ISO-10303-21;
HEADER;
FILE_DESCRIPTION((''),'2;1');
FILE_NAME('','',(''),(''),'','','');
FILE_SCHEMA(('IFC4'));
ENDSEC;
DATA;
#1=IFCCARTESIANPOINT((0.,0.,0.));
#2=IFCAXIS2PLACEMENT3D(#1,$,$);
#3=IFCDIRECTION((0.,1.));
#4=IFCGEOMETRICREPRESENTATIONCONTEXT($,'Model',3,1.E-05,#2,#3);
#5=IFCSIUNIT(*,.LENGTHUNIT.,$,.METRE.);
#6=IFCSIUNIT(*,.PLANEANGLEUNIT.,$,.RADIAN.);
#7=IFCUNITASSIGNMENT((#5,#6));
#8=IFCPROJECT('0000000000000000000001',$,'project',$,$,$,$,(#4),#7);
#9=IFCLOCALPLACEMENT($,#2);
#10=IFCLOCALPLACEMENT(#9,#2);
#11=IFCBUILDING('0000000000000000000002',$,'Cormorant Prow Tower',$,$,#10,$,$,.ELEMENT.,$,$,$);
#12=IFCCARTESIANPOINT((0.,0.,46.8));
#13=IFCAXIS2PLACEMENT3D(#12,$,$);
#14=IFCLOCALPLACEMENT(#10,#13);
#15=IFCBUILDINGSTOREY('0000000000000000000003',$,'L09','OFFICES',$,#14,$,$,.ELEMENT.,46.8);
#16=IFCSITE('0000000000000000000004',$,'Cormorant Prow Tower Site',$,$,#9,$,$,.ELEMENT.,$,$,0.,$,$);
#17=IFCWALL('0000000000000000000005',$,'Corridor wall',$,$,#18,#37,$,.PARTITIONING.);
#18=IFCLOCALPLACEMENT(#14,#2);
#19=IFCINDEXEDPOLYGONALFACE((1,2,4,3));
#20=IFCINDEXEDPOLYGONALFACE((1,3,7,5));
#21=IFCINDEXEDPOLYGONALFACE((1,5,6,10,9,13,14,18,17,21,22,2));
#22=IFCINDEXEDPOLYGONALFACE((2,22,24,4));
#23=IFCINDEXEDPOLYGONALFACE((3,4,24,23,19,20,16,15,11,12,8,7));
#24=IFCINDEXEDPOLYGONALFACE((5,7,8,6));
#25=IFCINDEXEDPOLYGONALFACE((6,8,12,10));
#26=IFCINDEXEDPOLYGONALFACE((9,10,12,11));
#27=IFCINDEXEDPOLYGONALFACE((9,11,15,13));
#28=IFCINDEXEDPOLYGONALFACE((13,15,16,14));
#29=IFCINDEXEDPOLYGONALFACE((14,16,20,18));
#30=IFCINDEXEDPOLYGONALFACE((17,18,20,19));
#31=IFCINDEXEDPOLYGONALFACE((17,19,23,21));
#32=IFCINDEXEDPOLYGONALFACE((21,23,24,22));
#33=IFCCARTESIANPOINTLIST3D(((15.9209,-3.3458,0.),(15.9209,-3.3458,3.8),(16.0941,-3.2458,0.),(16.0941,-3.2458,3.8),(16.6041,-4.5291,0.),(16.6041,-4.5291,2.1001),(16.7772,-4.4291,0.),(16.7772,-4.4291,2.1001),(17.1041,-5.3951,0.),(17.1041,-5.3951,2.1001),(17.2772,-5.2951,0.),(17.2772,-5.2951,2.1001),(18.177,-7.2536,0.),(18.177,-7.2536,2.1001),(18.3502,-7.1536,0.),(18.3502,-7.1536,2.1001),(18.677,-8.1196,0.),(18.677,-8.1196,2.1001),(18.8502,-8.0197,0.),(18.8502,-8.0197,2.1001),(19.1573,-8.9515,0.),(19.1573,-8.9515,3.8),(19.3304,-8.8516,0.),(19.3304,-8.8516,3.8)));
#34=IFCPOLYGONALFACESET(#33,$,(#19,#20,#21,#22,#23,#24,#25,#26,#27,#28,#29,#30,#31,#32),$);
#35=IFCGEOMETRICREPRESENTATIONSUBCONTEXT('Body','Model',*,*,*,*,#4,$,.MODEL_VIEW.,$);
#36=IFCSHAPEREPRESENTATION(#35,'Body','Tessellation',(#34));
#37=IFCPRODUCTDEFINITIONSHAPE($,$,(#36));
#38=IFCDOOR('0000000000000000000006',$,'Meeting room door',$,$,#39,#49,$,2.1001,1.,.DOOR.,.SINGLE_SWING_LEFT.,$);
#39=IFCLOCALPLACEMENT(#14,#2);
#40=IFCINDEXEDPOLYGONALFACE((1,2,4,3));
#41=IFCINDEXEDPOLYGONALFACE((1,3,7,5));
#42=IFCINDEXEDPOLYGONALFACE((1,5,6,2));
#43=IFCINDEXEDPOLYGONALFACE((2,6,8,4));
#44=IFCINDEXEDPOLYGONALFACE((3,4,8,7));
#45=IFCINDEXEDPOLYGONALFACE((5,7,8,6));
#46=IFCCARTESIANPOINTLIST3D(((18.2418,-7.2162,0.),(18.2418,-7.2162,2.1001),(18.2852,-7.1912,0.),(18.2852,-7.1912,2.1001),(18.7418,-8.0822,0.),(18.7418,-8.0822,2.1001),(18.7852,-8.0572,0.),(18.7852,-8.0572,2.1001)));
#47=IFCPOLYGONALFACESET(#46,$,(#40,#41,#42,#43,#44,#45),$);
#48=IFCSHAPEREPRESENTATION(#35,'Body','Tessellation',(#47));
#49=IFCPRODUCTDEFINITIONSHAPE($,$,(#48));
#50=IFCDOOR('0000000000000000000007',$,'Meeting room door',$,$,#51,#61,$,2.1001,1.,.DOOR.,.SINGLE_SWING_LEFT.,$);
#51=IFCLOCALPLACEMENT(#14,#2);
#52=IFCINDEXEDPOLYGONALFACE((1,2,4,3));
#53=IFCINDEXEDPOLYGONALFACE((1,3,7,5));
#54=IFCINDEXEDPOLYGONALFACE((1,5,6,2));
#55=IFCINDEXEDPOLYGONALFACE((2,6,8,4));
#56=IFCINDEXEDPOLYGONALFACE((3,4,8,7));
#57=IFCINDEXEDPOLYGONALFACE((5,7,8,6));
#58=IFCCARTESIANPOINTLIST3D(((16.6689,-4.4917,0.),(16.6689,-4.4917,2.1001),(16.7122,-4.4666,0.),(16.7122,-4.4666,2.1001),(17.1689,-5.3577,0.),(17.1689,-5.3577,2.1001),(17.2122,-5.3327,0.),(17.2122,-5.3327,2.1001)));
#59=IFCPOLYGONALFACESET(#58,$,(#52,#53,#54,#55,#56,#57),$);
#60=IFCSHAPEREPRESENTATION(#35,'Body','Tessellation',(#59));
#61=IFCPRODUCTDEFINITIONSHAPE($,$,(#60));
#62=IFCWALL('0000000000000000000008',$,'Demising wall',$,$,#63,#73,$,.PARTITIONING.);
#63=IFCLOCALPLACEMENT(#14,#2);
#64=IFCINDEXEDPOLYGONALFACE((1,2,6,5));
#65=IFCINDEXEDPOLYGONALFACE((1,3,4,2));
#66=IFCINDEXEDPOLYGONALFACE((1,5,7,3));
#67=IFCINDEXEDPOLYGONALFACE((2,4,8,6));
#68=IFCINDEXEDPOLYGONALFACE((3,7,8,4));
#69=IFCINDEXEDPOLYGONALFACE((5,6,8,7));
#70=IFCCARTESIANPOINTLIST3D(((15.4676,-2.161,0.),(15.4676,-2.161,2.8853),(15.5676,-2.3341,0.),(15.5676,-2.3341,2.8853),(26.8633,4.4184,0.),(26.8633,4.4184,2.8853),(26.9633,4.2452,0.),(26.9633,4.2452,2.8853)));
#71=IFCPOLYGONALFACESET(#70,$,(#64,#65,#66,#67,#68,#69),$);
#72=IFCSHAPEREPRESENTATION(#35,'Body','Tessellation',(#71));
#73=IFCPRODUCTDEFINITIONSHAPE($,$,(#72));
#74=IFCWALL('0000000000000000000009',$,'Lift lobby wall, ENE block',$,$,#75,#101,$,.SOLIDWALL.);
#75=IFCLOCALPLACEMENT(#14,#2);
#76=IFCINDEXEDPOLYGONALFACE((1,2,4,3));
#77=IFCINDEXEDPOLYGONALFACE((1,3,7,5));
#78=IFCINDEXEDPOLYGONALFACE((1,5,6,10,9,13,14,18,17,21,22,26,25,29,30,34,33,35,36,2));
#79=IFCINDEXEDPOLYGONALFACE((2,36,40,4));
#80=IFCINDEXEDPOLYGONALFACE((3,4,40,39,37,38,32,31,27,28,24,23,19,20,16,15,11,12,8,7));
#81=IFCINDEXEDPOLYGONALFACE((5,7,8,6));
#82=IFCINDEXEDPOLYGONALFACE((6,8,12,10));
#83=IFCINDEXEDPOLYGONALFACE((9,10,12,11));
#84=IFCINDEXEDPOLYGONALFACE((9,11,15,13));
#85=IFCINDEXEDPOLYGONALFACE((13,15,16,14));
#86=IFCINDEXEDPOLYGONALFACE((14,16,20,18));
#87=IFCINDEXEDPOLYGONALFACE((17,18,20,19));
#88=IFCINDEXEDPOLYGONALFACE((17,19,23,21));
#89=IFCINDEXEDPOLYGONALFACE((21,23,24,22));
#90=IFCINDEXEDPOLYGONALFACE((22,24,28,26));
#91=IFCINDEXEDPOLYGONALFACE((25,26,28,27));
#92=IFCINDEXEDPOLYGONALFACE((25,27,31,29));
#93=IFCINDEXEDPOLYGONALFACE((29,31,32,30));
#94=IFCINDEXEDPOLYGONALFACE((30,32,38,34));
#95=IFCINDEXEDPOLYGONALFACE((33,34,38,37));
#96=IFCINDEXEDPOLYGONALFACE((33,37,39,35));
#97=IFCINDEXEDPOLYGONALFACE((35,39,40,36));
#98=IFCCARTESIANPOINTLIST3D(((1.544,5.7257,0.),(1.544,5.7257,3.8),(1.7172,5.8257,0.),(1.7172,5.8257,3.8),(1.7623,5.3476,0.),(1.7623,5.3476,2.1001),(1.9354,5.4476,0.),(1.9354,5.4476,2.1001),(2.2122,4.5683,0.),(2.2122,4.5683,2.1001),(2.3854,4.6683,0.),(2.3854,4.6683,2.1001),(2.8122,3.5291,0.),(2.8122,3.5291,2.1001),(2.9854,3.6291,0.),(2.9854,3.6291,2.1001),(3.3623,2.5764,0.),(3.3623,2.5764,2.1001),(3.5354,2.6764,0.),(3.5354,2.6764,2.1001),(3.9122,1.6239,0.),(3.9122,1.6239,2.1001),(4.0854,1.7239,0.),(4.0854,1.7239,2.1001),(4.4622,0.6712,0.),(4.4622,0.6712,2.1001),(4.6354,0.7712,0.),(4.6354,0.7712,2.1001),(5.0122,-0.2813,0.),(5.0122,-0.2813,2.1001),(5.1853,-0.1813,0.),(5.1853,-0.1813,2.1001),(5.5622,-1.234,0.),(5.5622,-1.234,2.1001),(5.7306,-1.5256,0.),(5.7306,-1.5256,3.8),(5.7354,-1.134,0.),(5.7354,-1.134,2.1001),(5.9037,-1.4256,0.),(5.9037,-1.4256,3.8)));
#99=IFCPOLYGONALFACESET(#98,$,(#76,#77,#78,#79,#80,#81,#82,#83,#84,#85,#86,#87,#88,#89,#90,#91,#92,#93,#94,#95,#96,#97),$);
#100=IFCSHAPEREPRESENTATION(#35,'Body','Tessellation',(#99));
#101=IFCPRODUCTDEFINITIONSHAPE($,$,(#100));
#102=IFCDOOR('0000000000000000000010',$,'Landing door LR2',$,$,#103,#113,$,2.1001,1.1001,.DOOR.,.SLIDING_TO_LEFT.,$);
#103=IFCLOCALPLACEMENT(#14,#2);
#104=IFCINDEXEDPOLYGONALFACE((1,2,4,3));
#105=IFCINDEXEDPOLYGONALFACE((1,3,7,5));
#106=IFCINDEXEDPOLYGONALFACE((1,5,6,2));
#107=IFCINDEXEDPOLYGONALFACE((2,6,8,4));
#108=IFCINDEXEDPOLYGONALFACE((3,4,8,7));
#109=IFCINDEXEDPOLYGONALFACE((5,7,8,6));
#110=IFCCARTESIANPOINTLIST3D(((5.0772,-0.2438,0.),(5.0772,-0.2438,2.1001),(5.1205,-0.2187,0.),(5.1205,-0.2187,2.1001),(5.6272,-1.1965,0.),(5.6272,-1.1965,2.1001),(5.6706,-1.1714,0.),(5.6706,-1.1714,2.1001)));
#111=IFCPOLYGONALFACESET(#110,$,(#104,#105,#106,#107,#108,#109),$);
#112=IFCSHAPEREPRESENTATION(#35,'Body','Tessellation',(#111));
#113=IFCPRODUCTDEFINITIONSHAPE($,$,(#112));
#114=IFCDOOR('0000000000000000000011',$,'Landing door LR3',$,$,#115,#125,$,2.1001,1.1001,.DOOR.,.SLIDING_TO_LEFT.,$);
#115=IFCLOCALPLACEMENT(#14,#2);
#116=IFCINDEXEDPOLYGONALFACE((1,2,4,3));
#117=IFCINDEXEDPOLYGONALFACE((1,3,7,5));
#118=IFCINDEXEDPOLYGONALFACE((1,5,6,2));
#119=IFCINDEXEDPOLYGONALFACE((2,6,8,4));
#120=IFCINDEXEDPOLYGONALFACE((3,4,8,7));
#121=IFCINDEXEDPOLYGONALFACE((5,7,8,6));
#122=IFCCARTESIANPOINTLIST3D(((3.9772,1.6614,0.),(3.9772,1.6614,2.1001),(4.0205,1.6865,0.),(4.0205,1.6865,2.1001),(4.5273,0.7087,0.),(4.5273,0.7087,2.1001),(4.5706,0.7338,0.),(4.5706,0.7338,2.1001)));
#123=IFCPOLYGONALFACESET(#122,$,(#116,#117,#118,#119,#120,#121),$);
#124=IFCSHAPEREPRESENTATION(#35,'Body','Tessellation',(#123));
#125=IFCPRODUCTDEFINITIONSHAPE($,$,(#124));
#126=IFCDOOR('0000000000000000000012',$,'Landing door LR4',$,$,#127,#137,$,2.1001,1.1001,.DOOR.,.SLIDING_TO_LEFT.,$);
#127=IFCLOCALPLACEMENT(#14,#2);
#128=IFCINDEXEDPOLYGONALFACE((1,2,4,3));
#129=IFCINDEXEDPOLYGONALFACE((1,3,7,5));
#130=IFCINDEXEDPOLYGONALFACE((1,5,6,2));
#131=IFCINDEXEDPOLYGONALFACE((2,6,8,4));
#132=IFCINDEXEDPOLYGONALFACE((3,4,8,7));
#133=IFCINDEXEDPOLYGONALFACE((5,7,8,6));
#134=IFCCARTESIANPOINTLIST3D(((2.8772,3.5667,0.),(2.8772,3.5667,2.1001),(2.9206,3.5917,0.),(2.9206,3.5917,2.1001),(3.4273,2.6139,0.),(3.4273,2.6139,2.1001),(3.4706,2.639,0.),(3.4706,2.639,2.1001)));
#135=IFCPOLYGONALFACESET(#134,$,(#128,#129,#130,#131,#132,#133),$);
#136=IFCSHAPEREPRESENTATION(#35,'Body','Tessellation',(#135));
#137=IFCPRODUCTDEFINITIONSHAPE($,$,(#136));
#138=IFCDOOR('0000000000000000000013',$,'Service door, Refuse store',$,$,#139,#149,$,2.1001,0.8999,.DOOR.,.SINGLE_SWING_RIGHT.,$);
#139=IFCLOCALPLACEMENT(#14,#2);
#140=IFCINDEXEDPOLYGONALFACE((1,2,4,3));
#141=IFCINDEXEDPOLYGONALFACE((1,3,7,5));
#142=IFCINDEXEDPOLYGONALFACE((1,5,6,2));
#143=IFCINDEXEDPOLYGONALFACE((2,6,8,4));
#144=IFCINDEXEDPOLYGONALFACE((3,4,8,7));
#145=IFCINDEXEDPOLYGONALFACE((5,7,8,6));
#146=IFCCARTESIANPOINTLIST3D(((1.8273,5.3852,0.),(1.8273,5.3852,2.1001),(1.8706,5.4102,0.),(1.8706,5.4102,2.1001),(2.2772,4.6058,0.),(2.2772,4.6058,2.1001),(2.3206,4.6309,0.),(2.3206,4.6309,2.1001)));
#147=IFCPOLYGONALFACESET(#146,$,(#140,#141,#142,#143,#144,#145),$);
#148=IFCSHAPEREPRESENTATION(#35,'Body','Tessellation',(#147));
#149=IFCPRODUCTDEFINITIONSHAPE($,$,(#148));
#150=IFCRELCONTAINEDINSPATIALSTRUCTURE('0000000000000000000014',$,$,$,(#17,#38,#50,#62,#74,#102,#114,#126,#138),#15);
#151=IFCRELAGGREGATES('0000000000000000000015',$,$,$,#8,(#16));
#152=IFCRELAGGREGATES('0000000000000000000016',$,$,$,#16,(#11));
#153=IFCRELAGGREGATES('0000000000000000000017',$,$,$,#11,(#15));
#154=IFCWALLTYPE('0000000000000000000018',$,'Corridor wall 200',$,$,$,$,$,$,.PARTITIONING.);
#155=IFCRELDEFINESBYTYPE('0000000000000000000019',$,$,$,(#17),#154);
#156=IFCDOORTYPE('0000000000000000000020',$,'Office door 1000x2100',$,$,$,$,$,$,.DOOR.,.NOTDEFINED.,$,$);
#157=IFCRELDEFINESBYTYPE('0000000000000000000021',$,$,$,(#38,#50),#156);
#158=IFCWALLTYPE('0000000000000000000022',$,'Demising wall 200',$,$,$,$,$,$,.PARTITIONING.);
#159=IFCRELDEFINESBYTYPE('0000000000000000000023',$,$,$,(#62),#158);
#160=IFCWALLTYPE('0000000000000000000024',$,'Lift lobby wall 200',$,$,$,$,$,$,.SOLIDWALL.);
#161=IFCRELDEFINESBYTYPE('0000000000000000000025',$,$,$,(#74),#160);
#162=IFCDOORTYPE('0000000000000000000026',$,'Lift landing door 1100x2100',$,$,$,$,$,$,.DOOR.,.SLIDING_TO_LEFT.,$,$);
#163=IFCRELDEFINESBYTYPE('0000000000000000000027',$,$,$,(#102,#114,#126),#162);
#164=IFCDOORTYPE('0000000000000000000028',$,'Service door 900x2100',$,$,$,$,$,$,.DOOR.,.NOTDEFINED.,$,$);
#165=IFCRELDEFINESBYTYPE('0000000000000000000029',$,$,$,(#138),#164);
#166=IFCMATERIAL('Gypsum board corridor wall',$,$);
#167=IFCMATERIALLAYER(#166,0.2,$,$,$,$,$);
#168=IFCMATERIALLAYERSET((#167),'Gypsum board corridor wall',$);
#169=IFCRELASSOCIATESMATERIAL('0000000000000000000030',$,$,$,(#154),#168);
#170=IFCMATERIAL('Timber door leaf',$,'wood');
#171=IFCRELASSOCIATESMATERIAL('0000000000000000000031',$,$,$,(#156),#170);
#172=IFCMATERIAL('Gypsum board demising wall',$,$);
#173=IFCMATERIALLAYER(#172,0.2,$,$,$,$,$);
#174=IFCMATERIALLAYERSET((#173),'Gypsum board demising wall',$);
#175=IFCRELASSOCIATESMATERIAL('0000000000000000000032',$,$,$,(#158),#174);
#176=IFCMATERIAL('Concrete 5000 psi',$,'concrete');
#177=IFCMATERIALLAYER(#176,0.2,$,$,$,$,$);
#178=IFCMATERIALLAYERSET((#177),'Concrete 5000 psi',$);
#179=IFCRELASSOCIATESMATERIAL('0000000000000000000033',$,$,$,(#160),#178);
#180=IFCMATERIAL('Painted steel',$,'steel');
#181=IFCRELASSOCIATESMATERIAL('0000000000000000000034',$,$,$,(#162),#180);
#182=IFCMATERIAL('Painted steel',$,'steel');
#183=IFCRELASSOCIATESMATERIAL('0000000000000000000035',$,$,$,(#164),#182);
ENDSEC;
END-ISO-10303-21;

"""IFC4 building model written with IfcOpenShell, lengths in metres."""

from ifc_helpers import new_model, si_unit, direction, frame, frame_2d, origin, place, context, subcontext, project, spatial, rectangle, extrude, material, layer, layer_set, type_object, element, fill, save


model = new_model("IFC4")

# Units and contexts
model_context = context("Model", 3, precision=1e-05, world=origin(), true_north=direction((0.0, 1.0)))
body_context = subcontext(model_context, "Body", "Model", "MODEL_VIEW")
ifc_project = project(units=[si_unit("LENGTHUNIT", "METRE"), si_unit("PLANEANGLEUNIT", "RADIAN")], contexts=[model_context])

# Site, building, storey
site_placement = place(None, origin())
site = spatial("IfcSite", under=ifc_project, at=site_placement, Name="Cormorant Prow Tower Site", CompositionType="ELEMENT", RefElevation=0.0)
building_placement = place(site_placement, origin())
building = spatial("IfcBuilding", under=site, at=building_placement, Name="Cormorant Prow Tower", CompositionType="ELEMENT")
storey_placement = place(building_placement, frame((0.0, 0.0, 46.8)))
storey = spatial("IfcBuildingStorey", under=building, at=storey_placement, Name="L09", Description="OFFICES", CompositionType="ELEMENT", Elevation=46.8)

# Wall, openings, doors
ifc_material_1 = material(Name="Gypsum board corridor wall")
ifc_layer_1 = layer(ifc_material_1, 0.2)
ifc_layer_set_1 = layer_set([ifc_layer_1], Name="Gypsum board corridor wall")
wall_type_1 = type_object("IfcWallType", Name="Corridor wall 200", PredefinedType="PARTITIONING", material=ifc_layer_set_1)
wall_1_placement = place(storey_placement, frame((16.0076, -3.2959, 0.0), z_axis=(0.0, 0.0, 1.0), x_axis=(0.499985, -0.866034, 0.0)))
wall_1 = element("IfcWall", 1, at=wall_1_placement, inside=storey, type_object=wall_type_1, Name="Corridor wall", PredefinedType="PARTITIONING", context=body_context, shape_type="SweptSolid", body=[
    extrude(rectangle(XDim=6.4729, YDim=0.2, at=frame_2d((3.2363, 0.0))), origin(), (0.0, 0.0, 1.0), 3.8),
])
opening_1_placement = place(wall_1_placement, frame((4.5122, 0.0, 0.0)))
opening_1 = element("IfcOpeningElement", 2, at=opening_1_placement, cuts=wall_1, PredefinedType="OPENING", context=body_context, shape_type="SweptSolid", body=[
    extrude(rectangle(XDim=1.0, YDim=2.1001, at=frame_2d((0.5, 1.05))), frame((0.0, 0.1099, 0.0), z_axis=(0.0, -1.0, 0.0), x_axis=(1.0, 0.0, 0.0)), (0.0, 0.0, 1.0), 0.22),
])
opening_2_placement = place(wall_1_placement, frame((1.3662, 0.0, 0.0)))
opening_2 = element("IfcOpeningElement", 3, at=opening_2_placement, cuts=wall_1, PredefinedType="OPENING", context=body_context, shape_type="SweptSolid", body=[
    extrude(rectangle(XDim=1.0, YDim=2.1001, at=frame_2d((0.5, 1.05))), frame((0.0, 0.1099, 0.0), z_axis=(0.0, -1.0, 0.0), x_axis=(1.0, 0.0, 0.0)), (0.0, 0.0, 1.0), 0.22),
])
ifc_material_2 = material(Name="Timber door leaf", Category="wood")
door_type_1 = type_object("IfcDoorType", Name="Office door 1000x2100", OperationType="NOTDEFINED", PredefinedType="DOOR", material=ifc_material_2)
door_1_placement = place(opening_1_placement, origin())
door_1 = element("IfcDoor", 4, at=door_1_placement, inside=storey, type_object=door_type_1, Name="Meeting room door", OperationType="SINGLE_SWING_LEFT", OverallHeight=2.1001, OverallWidth=1.0, PredefinedType="DOOR", context=body_context, shape_type="SweptSolid", body=[
    extrude(rectangle(XDim=1.0, YDim=2.1001, at=frame_2d((0.5, 1.05))), frame((0.0, 0.0249, 0.0), z_axis=(0.0, -1.0, 0.0), x_axis=(1.0, 0.0, 0.0)), (0.0, 0.0, 1.0), 0.05),
])
fill(opening_1, door_1)
door_2_placement = place(opening_2_placement, origin())
door_2 = element("IfcDoor", 5, at=door_2_placement, inside=storey, type_object=door_type_1, Name="Meeting room door", OperationType="SINGLE_SWING_LEFT", OverallHeight=2.1001, OverallWidth=1.0, PredefinedType="DOOR", context=body_context, shape_type="SweptSolid", body=[
    extrude(rectangle(XDim=1.0, YDim=2.1001, at=frame_2d((0.5, 1.05))), frame((0.0, 0.0249, 0.0), z_axis=(0.0, -1.0, 0.0), x_axis=(1.0, 0.0, 0.0)), (0.0, 0.0, 1.0), 0.05),
])
fill(opening_2, door_2)

# Wall
ifc_material_3 = material(Name="Gypsum board demising wall")
ifc_layer_2 = layer(ifc_material_3, 0.2)
ifc_layer_set_2 = layer_set([ifc_layer_2], Name="Gypsum board demising wall")
wall_type_2 = type_object("IfcWallType", Name="Demising wall 200", PredefinedType="PARTITIONING", material=ifc_layer_set_2)
wall_2_placement = place(storey_placement, frame((15.5176, -2.2476, 0.0), z_axis=(0.0, 0.0, 1.0), x_axis=(0.866025, 0.5, 0.0)))
element("IfcWall", 6, at=wall_2_placement, inside=storey, type_object=wall_type_2, Name="Demising wall", PredefinedType="PARTITIONING", context=body_context, shape_type="SweptSolid", body=[
    extrude(rectangle(XDim=13.1587, YDim=0.2, at=frame_2d((6.5793, 0.0))), origin(), (0.0, 0.0, 1.0), 2.8853),
])

# Wall, openings, doors
ifc_material_4 = material(Name="Concrete 5000 psi", Category="concrete")
ifc_layer_3 = layer(ifc_material_4, 0.2)
ifc_layer_set_3 = layer_set([ifc_layer_3], Name="Concrete 5000 psi")
wall_type_3 = type_object("IfcWallType", Name="Lift lobby wall 200", PredefinedType="SOLIDWALL", material=ifc_layer_set_3)
wall_3_placement = place(storey_placement, frame((5.8171, -1.4756, 0.0), z_axis=(0.0, 0.0, 1.0), x_axis=(-0.500003, 0.866024, 0.0)))
wall_3 = element("IfcWall", 7, at=wall_3_placement, inside=storey, type_object=wall_type_3, Name="Lift lobby wall, ENE block", PredefinedType="SOLIDWALL", context=body_context, shape_type="SweptSolid", body=[
    extrude(rectangle(XDim=8.373, YDim=0.2, at=frame_2d((4.1865, 0.0))), origin(), (0.0, 0.0, 1.0), 3.8),
])
opening_3_placement = place(wall_3_placement, frame((0.3367, 0.0, 0.0)))
opening_3 = element("IfcOpeningElement", 8, at=opening_3_placement, cuts=wall_3, PredefinedType="OPENING", context=body_context, shape_type="SweptSolid", body=[
    extrude(rectangle(XDim=1.1001, YDim=2.1001, at=frame_2d((0.55, 1.05))), frame((0.0, 0.1099, 0.0), z_axis=(0.0, -1.0, 0.0), x_axis=(1.0, 0.0, 0.0)), (0.0, 0.0, 1.0), 0.22),
])
opening_4_placement = place(wall_3_placement, frame((2.5366, 0.0, 0.0)))
opening_4 = element("IfcOpeningElement", 9, at=opening_4_placement, cuts=wall_3, PredefinedType="OPENING", context=body_context, shape_type="SweptSolid", body=[
    extrude(rectangle(XDim=1.1001, YDim=2.1001, at=frame_2d((0.55, 1.05))), frame((0.0, 0.1099, 0.0), z_axis=(0.0, -1.0, 0.0), x_axis=(1.0, 0.0, 0.0)), (0.0, 0.0, 1.0), 0.22),
])
opening_5_placement = place(wall_3_placement, frame((4.7366, 0.0, 0.0)))
opening_5 = element("IfcOpeningElement", 10, at=opening_5_placement, cuts=wall_3, PredefinedType="OPENING", context=body_context, shape_type="SweptSolid", body=[
    extrude(rectangle(XDim=1.1001, YDim=2.1001, at=frame_2d((0.55, 1.05))), frame((0.0, 0.1099, 0.0), z_axis=(0.0, -1.0, 0.0), x_axis=(1.0, 0.0, 0.0)), (0.0, 0.0, 1.0), 0.22),
])
opening_6_placement = place(wall_3_placement, frame((7.0366, 0.0, 0.0)))
opening_6 = element("IfcOpeningElement", 11, at=opening_6_placement, cuts=wall_3, PredefinedType="OPENING", context=body_context, shape_type="SweptSolid", body=[
    extrude(rectangle(XDim=0.8999, YDim=2.1001, at=frame_2d((0.45, 1.05))), frame((0.0, 0.1099, 0.0), z_axis=(0.0, -1.0, 0.0), x_axis=(1.0, 0.0, 0.0)), (0.0, 0.0, 1.0), 0.22),
])
ifc_material_5 = material(Name="Painted steel", Category="steel")
door_type_2 = type_object("IfcDoorType", Name="Lift landing door 1100x2100", OperationType="SLIDING_TO_LEFT", PredefinedType="DOOR", material=ifc_material_5)
door_3_placement = place(opening_3_placement, origin())
door_3 = element("IfcDoor", 12, at=door_3_placement, inside=storey, type_object=door_type_2, Name="Landing door LR2", OperationType="SLIDING_TO_LEFT", OverallHeight=2.1001, OverallWidth=1.1001, PredefinedType="DOOR", context=body_context, shape_type="SweptSolid", body=[
    extrude(rectangle(XDim=1.1001, YDim=2.1001, at=frame_2d((0.55, 1.05))), frame((0.0, 0.0249, 0.0), z_axis=(0.0, -1.0, 0.0), x_axis=(1.0, 0.0, 0.0)), (0.0, 0.0, 1.0), 0.05),
])
fill(opening_3, door_3)
door_4_placement = place(opening_4_placement, origin())
door_4 = element("IfcDoor", 13, at=door_4_placement, inside=storey, type_object=door_type_2, Name="Landing door LR3", OperationType="SLIDING_TO_LEFT", OverallHeight=2.1001, OverallWidth=1.1001, PredefinedType="DOOR", context=body_context, shape_type="SweptSolid", body=[
    extrude(rectangle(XDim=1.1001, YDim=2.1001, at=frame_2d((0.55, 1.05))), frame((0.0, 0.0249, 0.0), z_axis=(0.0, -1.0, 0.0), x_axis=(1.0, 0.0, 0.0)), (0.0, 0.0, 1.0), 0.05),
])
fill(opening_4, door_4)
door_5_placement = place(opening_5_placement, origin())
door_5 = element("IfcDoor", 14, at=door_5_placement, inside=storey, type_object=door_type_2, Name="Landing door LR4", OperationType="SLIDING_TO_LEFT", OverallHeight=2.1001, OverallWidth=1.1001, PredefinedType="DOOR", context=body_context, shape_type="SweptSolid", body=[
    extrude(rectangle(XDim=1.1001, YDim=2.1001, at=frame_2d((0.55, 1.05))), frame((0.0, 0.0249, 0.0), z_axis=(0.0, -1.0, 0.0), x_axis=(1.0, 0.0, 0.0)), (0.0, 0.0, 1.0), 0.05),
])
fill(opening_5, door_5)
ifc_material_6 = material(Name="Painted steel", Category="steel")
door_type_3 = type_object("IfcDoorType", Name="Service door 900x2100", OperationType="NOTDEFINED", PredefinedType="DOOR", material=ifc_material_6)
door_6_placement = place(opening_6_placement, origin())
door_6 = element("IfcDoor", 15, at=door_6_placement, inside=storey, type_object=door_type_3, Name="Service door, Refuse store", OperationType="SINGLE_SWING_RIGHT", OverallHeight=2.1001, OverallWidth=0.8999, PredefinedType="DOOR", context=body_context, shape_type="SweptSolid", body=[
    extrude(rectangle(XDim=0.8999, YDim=2.1001, at=frame_2d((0.45, 1.05))), frame((0.0, 0.0249, 0.0), z_axis=(0.0, -1.0, 0.0), x_axis=(1.0, 0.0, 0.0)), (0.0, 0.0, 1.0), 0.05),
])
fill(opening_6, door_6)

save(model, "model.ifc")
